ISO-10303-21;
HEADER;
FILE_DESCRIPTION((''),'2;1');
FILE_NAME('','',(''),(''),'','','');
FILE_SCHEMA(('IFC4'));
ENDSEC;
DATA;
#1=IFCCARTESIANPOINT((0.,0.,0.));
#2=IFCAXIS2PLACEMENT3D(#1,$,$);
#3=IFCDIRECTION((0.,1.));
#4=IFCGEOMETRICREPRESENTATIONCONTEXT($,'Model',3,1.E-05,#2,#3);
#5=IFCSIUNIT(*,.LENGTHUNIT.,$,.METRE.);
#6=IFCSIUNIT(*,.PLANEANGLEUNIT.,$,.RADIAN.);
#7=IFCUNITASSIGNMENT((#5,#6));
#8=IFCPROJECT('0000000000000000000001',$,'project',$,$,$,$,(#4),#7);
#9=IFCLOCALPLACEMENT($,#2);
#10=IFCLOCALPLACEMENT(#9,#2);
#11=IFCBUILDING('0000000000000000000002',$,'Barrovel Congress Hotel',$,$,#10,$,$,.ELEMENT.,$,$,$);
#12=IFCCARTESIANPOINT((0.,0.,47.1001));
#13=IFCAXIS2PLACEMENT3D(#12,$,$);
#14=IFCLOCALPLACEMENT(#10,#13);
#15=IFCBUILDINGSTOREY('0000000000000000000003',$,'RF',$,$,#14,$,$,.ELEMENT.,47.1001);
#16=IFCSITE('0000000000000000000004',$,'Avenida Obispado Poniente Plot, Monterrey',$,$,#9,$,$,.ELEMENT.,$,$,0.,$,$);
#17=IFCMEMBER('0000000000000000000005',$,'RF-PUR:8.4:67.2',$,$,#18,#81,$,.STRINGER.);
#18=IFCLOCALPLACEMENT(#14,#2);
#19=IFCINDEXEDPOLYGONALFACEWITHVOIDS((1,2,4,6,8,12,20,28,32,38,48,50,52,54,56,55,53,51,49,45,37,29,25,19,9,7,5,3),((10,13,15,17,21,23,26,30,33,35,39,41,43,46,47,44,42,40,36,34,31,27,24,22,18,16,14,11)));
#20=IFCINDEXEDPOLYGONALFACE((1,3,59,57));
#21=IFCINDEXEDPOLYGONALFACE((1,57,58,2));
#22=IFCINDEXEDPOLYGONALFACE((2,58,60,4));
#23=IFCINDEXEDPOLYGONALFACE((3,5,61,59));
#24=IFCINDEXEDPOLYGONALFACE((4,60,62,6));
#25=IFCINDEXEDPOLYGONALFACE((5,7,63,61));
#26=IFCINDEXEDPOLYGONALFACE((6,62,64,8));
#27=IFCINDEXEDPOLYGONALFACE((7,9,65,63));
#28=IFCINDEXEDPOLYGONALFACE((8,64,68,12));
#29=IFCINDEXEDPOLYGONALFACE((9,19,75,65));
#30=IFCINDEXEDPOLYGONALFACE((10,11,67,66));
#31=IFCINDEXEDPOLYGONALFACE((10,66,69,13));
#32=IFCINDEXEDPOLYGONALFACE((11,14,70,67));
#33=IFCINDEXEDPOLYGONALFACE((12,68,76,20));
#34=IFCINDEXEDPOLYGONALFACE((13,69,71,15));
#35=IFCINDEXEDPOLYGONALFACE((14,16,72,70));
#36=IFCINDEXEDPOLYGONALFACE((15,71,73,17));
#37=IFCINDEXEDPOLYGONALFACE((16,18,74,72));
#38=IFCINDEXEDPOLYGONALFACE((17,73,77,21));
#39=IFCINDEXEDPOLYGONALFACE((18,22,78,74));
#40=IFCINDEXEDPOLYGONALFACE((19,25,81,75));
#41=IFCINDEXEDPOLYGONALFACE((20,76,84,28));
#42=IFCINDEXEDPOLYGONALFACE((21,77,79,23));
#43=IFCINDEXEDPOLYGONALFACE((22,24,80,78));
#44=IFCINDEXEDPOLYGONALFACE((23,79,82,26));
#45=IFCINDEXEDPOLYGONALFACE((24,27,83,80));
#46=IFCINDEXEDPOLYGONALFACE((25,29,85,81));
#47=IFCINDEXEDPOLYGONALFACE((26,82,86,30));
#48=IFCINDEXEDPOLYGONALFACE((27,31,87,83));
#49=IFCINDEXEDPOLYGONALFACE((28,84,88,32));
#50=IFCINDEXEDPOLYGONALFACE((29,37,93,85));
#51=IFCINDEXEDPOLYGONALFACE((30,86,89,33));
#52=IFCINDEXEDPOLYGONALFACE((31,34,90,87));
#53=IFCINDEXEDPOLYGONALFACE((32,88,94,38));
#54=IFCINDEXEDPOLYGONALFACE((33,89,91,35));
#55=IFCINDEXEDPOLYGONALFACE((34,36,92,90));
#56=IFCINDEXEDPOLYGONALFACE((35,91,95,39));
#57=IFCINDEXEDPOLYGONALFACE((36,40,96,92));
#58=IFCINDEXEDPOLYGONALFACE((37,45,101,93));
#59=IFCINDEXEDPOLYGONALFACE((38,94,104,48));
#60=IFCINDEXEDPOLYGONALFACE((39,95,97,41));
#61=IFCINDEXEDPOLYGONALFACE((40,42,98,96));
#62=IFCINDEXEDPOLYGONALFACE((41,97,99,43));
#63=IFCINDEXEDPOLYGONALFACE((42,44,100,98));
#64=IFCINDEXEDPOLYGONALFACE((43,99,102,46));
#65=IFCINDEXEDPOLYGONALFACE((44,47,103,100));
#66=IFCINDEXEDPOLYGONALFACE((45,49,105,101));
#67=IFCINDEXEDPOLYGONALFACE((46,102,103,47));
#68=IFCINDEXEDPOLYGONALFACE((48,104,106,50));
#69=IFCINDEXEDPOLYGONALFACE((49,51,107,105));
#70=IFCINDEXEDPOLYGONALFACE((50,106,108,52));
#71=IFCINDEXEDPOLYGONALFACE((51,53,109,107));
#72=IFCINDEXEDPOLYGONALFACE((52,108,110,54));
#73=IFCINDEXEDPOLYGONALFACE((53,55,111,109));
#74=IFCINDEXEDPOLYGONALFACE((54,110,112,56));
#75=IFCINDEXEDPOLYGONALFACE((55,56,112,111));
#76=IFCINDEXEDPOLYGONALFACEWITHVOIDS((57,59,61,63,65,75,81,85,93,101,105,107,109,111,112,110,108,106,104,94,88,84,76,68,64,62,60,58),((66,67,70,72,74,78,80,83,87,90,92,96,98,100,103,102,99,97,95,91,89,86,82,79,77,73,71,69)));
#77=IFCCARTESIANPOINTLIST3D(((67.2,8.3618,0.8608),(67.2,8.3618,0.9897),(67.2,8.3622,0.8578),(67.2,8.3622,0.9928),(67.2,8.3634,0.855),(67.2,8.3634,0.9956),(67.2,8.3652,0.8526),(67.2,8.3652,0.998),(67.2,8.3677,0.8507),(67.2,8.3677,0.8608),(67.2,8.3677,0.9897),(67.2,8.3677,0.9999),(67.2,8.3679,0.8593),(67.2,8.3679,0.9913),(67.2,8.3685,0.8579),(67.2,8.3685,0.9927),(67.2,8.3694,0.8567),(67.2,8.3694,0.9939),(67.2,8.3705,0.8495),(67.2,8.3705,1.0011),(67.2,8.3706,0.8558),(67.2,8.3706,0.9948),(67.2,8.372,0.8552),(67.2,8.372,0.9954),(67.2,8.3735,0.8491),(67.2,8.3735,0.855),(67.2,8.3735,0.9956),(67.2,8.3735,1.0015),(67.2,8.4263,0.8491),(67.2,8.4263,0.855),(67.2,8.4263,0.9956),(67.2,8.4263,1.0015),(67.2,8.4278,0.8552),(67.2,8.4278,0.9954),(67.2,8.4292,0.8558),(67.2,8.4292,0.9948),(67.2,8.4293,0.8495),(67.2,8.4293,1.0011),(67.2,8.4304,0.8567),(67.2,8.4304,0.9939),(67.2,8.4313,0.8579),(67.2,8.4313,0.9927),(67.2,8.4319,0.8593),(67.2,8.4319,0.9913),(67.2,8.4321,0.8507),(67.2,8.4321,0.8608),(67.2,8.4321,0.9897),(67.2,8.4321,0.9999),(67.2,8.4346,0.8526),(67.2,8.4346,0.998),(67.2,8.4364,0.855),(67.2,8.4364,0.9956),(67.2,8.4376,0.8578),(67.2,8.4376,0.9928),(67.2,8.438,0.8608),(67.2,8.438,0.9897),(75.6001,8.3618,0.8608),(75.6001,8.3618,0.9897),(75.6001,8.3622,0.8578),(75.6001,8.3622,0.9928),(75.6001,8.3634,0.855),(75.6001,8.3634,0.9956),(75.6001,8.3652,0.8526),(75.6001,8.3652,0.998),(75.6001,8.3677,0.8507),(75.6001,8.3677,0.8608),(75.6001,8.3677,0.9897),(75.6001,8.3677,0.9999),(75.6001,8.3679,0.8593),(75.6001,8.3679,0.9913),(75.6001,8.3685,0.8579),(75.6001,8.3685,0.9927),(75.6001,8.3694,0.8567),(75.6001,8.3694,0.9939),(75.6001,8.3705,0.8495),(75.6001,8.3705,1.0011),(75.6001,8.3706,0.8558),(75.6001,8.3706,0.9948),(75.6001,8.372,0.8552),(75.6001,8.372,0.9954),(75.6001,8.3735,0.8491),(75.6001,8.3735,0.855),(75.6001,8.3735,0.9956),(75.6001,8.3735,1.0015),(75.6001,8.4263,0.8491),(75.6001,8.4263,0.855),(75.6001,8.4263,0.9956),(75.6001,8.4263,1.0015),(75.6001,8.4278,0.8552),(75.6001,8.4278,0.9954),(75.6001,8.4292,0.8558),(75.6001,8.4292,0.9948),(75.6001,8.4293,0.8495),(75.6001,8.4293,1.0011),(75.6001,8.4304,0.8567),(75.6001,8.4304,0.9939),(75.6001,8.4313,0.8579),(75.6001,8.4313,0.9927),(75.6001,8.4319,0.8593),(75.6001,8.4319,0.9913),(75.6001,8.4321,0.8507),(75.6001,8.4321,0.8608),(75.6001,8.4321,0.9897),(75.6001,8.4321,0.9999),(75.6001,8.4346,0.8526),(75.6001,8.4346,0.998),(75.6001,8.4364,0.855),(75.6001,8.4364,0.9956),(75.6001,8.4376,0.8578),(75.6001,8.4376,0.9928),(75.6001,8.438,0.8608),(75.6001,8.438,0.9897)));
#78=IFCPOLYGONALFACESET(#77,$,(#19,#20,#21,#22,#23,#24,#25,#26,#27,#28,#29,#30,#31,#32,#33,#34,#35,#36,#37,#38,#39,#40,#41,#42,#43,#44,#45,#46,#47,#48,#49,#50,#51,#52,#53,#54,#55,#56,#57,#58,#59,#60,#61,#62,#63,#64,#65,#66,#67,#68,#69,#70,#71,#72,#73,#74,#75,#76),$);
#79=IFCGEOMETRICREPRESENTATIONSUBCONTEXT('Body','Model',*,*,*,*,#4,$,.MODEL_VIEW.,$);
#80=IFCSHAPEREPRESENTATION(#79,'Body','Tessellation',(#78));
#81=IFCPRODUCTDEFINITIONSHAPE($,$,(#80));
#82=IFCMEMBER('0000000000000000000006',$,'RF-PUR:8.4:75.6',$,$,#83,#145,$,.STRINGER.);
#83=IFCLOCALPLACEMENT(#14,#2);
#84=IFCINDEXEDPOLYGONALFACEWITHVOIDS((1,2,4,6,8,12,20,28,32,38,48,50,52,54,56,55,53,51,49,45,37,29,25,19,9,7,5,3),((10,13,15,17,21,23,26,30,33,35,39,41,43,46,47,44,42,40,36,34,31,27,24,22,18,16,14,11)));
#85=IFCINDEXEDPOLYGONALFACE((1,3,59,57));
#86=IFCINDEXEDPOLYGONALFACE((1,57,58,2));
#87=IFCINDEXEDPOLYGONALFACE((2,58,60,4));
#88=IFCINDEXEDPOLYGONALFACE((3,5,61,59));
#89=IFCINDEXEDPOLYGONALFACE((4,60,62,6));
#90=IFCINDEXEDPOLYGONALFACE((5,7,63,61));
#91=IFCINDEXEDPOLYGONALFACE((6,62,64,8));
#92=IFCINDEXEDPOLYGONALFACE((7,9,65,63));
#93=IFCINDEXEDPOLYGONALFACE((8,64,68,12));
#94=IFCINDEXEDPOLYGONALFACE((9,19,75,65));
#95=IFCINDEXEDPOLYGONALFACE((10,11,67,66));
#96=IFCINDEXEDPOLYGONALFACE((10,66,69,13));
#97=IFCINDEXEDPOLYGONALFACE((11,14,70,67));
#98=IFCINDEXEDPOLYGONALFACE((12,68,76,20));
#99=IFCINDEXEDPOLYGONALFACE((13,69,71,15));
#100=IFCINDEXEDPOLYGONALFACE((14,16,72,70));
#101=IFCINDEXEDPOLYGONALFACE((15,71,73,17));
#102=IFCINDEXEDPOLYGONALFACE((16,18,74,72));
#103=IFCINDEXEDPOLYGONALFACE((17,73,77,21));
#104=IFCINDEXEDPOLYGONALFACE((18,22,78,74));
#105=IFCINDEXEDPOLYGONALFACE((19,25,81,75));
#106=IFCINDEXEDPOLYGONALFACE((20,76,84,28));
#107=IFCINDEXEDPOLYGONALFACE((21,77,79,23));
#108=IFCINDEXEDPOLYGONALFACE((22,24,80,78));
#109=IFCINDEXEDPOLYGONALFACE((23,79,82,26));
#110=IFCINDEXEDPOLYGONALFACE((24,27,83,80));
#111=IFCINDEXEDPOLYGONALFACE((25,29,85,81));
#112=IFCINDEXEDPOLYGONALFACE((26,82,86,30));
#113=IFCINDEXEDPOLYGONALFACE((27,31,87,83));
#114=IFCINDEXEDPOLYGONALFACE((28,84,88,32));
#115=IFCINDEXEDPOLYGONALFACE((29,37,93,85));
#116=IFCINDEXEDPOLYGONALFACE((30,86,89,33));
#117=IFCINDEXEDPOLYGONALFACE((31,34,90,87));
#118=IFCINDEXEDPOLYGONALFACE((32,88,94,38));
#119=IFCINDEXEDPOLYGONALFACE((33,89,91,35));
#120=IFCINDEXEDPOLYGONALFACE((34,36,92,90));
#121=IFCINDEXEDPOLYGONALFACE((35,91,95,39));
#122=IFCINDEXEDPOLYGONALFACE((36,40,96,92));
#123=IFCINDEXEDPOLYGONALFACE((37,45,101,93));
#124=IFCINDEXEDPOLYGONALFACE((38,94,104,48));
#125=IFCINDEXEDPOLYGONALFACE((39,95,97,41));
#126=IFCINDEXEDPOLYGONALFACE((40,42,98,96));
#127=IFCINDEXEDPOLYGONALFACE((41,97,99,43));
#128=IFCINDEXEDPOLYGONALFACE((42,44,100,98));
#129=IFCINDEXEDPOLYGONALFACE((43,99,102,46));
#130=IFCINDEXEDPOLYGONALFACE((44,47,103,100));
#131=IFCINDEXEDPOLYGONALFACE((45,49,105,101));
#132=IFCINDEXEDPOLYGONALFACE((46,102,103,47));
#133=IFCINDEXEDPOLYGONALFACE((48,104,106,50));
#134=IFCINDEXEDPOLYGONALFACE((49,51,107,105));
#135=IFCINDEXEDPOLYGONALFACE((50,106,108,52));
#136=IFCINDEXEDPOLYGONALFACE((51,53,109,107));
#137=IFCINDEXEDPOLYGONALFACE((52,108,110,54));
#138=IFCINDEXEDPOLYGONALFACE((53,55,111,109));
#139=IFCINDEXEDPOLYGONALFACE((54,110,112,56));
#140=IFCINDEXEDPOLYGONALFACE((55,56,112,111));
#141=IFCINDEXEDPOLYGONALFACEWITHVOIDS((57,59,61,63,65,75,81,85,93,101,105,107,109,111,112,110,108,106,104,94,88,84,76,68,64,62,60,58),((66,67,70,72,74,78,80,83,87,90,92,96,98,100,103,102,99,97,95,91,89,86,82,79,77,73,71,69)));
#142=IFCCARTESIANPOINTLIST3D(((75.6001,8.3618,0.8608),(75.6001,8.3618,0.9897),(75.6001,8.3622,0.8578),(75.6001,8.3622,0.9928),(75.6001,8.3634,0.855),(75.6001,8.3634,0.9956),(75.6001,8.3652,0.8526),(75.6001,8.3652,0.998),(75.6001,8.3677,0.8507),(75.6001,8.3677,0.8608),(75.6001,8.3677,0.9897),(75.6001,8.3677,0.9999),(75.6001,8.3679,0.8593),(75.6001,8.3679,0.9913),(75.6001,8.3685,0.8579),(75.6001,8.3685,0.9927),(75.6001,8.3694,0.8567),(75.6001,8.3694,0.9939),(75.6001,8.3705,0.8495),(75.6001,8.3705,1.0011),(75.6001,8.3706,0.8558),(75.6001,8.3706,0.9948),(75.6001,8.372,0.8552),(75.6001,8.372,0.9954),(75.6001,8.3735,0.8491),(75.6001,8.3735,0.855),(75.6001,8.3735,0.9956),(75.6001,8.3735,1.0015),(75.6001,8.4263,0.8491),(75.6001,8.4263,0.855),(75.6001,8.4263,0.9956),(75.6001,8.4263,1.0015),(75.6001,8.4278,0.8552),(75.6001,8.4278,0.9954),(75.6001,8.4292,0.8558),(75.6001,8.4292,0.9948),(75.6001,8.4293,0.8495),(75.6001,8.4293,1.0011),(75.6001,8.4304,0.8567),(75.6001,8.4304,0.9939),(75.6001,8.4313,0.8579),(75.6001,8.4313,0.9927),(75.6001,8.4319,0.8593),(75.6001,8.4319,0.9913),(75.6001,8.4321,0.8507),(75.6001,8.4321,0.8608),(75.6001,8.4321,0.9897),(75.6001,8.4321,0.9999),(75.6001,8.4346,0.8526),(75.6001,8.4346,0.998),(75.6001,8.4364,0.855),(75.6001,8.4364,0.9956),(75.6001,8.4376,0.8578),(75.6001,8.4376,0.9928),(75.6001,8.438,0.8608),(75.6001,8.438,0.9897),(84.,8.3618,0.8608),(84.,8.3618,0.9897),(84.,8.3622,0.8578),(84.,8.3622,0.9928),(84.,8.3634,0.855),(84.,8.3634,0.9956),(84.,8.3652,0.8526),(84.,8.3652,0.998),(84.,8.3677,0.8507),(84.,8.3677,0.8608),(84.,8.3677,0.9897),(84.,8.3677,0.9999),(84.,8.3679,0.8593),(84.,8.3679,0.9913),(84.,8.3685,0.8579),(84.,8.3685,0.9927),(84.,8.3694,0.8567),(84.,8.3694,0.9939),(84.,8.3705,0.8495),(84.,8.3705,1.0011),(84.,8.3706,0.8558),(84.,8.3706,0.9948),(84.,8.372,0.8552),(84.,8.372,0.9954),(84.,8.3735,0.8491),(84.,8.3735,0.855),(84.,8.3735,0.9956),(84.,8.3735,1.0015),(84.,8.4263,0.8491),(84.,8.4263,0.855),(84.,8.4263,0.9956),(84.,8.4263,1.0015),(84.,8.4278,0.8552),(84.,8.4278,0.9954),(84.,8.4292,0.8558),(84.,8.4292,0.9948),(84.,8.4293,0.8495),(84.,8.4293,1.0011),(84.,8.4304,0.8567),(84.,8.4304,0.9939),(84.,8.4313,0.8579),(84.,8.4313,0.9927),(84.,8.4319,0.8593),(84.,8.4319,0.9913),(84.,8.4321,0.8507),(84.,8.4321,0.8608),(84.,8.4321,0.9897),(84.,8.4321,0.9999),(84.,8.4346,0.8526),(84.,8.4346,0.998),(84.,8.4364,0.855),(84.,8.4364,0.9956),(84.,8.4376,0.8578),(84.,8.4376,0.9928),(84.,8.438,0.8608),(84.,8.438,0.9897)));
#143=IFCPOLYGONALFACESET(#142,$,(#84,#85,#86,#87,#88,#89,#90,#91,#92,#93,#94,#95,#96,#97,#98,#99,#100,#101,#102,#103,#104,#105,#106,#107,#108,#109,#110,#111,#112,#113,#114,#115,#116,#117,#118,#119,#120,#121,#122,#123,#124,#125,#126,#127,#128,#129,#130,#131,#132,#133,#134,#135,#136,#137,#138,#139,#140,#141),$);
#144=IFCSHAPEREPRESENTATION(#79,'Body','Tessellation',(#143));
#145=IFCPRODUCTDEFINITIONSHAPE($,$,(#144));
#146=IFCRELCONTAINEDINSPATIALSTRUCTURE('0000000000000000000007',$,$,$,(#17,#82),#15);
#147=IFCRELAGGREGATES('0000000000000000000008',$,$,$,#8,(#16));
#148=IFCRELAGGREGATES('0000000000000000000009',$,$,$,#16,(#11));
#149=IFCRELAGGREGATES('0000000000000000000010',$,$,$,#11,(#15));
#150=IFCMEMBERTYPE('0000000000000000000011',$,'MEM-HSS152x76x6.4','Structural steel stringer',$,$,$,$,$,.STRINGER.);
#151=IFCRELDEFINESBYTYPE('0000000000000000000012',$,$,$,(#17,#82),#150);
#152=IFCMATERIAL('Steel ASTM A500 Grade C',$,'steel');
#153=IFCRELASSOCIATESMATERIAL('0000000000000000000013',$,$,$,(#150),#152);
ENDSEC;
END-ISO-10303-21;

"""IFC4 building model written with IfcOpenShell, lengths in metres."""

from ifc_helpers import new_model, si_unit, direction, frame, origin, origin_2d, place, context, subcontext, project, spatial, hollow_rectangle, extrude, material, material_profile, profile_set, type_object, element, save


model = new_model("IFC4")

# Units and contexts
model_context = context("Model", 3, precision=1e-05, world=origin(), true_north=direction((0.0, 1.0)))
body_context = subcontext(model_context, "Body", "Model", "MODEL_VIEW")
ifc_project = project(units=[si_unit("LENGTHUNIT", "METRE"), si_unit("PLANEANGLEUNIT", "RADIAN")], contexts=[model_context])

# Site, building, storey
site_placement = place(None, origin())
site = spatial("IfcSite", under=ifc_project, at=site_placement, Name="Avenida Obispado Poniente Plot, Monterrey", CompositionType="ELEMENT", RefElevation=0.0)
building_placement = place(site_placement, origin())
building = spatial("IfcBuilding", under=site, at=building_placement, Name="Barrovel Congress Hotel", CompositionType="ELEMENT")
storey_placement = place(building_placement, frame((0.0, 0.0, 47.1001)))
storey = spatial("IfcBuildingStorey", under=building, at=storey_placement, Name="RF", CompositionType="ELEMENT", Elevation=47.1001)

# Members
ifc_material_1 = material(Name="Steel ASTM A500 Grade C", Category="steel")
ifc_material_profile_1 = material_profile(ifc_material_1, hollow_rectangle(XDim=0.0762, YDim=0.1523, WallThickness=0.0059, InnerFilletRadius=0.0059, OuterFilletRadius=0.0117, at=origin_2d()), Name="HSS152x76x6.4")
ifc_profile_set_1 = profile_set([ifc_material_profile_1], Name="Steel ASTM A500 Grade C")
member_type_1 = type_object("IfcMemberType", Name="MEM-HSS152x76x6.4", Description="Structural steel stringer", PredefinedType="STRINGER", material=ifc_profile_set_1)
member_1_placement = place(storey_placement, frame((67.2, 8.3999, 0.9253), z_axis=(1.0, 0.0, 0.0), x_axis=(0.0, 1.0, 0.0)))
element("IfcMember", 1, at=member_1_placement, inside=storey, type_object=member_type_1, Name="RF-PUR:8.4:67.2", PredefinedType="STRINGER", context=body_context, shape_type="SweptSolid", body=[
    extrude(hollow_rectangle(XDim=0.0762, YDim=0.1523, WallThickness=0.0059, InnerFilletRadius=0.0059, OuterFilletRadius=0.0117, at=origin_2d()), origin(), (0.0, 0.0, 1.0), 8.4001),
])
member_2_placement = place(storey_placement, frame((75.6001, 8.3999, 0.9253), z_axis=(1.0, 0.0, 0.0), x_axis=(0.0, 1.0, 0.0)))
element("IfcMember", 2, at=member_2_placement, inside=storey, type_object=member_type_1, Name="RF-PUR:8.4:75.6", PredefinedType="STRINGER", context=body_context, shape_type="SweptSolid", body=[
    extrude(hollow_rectangle(XDim=0.0762, YDim=0.1523, WallThickness=0.0059, InnerFilletRadius=0.0059, OuterFilletRadius=0.0117, at=origin_2d()), origin(), (0.0, 0.0, 1.0), 8.3999),
])

save(model, "model.ifc")
